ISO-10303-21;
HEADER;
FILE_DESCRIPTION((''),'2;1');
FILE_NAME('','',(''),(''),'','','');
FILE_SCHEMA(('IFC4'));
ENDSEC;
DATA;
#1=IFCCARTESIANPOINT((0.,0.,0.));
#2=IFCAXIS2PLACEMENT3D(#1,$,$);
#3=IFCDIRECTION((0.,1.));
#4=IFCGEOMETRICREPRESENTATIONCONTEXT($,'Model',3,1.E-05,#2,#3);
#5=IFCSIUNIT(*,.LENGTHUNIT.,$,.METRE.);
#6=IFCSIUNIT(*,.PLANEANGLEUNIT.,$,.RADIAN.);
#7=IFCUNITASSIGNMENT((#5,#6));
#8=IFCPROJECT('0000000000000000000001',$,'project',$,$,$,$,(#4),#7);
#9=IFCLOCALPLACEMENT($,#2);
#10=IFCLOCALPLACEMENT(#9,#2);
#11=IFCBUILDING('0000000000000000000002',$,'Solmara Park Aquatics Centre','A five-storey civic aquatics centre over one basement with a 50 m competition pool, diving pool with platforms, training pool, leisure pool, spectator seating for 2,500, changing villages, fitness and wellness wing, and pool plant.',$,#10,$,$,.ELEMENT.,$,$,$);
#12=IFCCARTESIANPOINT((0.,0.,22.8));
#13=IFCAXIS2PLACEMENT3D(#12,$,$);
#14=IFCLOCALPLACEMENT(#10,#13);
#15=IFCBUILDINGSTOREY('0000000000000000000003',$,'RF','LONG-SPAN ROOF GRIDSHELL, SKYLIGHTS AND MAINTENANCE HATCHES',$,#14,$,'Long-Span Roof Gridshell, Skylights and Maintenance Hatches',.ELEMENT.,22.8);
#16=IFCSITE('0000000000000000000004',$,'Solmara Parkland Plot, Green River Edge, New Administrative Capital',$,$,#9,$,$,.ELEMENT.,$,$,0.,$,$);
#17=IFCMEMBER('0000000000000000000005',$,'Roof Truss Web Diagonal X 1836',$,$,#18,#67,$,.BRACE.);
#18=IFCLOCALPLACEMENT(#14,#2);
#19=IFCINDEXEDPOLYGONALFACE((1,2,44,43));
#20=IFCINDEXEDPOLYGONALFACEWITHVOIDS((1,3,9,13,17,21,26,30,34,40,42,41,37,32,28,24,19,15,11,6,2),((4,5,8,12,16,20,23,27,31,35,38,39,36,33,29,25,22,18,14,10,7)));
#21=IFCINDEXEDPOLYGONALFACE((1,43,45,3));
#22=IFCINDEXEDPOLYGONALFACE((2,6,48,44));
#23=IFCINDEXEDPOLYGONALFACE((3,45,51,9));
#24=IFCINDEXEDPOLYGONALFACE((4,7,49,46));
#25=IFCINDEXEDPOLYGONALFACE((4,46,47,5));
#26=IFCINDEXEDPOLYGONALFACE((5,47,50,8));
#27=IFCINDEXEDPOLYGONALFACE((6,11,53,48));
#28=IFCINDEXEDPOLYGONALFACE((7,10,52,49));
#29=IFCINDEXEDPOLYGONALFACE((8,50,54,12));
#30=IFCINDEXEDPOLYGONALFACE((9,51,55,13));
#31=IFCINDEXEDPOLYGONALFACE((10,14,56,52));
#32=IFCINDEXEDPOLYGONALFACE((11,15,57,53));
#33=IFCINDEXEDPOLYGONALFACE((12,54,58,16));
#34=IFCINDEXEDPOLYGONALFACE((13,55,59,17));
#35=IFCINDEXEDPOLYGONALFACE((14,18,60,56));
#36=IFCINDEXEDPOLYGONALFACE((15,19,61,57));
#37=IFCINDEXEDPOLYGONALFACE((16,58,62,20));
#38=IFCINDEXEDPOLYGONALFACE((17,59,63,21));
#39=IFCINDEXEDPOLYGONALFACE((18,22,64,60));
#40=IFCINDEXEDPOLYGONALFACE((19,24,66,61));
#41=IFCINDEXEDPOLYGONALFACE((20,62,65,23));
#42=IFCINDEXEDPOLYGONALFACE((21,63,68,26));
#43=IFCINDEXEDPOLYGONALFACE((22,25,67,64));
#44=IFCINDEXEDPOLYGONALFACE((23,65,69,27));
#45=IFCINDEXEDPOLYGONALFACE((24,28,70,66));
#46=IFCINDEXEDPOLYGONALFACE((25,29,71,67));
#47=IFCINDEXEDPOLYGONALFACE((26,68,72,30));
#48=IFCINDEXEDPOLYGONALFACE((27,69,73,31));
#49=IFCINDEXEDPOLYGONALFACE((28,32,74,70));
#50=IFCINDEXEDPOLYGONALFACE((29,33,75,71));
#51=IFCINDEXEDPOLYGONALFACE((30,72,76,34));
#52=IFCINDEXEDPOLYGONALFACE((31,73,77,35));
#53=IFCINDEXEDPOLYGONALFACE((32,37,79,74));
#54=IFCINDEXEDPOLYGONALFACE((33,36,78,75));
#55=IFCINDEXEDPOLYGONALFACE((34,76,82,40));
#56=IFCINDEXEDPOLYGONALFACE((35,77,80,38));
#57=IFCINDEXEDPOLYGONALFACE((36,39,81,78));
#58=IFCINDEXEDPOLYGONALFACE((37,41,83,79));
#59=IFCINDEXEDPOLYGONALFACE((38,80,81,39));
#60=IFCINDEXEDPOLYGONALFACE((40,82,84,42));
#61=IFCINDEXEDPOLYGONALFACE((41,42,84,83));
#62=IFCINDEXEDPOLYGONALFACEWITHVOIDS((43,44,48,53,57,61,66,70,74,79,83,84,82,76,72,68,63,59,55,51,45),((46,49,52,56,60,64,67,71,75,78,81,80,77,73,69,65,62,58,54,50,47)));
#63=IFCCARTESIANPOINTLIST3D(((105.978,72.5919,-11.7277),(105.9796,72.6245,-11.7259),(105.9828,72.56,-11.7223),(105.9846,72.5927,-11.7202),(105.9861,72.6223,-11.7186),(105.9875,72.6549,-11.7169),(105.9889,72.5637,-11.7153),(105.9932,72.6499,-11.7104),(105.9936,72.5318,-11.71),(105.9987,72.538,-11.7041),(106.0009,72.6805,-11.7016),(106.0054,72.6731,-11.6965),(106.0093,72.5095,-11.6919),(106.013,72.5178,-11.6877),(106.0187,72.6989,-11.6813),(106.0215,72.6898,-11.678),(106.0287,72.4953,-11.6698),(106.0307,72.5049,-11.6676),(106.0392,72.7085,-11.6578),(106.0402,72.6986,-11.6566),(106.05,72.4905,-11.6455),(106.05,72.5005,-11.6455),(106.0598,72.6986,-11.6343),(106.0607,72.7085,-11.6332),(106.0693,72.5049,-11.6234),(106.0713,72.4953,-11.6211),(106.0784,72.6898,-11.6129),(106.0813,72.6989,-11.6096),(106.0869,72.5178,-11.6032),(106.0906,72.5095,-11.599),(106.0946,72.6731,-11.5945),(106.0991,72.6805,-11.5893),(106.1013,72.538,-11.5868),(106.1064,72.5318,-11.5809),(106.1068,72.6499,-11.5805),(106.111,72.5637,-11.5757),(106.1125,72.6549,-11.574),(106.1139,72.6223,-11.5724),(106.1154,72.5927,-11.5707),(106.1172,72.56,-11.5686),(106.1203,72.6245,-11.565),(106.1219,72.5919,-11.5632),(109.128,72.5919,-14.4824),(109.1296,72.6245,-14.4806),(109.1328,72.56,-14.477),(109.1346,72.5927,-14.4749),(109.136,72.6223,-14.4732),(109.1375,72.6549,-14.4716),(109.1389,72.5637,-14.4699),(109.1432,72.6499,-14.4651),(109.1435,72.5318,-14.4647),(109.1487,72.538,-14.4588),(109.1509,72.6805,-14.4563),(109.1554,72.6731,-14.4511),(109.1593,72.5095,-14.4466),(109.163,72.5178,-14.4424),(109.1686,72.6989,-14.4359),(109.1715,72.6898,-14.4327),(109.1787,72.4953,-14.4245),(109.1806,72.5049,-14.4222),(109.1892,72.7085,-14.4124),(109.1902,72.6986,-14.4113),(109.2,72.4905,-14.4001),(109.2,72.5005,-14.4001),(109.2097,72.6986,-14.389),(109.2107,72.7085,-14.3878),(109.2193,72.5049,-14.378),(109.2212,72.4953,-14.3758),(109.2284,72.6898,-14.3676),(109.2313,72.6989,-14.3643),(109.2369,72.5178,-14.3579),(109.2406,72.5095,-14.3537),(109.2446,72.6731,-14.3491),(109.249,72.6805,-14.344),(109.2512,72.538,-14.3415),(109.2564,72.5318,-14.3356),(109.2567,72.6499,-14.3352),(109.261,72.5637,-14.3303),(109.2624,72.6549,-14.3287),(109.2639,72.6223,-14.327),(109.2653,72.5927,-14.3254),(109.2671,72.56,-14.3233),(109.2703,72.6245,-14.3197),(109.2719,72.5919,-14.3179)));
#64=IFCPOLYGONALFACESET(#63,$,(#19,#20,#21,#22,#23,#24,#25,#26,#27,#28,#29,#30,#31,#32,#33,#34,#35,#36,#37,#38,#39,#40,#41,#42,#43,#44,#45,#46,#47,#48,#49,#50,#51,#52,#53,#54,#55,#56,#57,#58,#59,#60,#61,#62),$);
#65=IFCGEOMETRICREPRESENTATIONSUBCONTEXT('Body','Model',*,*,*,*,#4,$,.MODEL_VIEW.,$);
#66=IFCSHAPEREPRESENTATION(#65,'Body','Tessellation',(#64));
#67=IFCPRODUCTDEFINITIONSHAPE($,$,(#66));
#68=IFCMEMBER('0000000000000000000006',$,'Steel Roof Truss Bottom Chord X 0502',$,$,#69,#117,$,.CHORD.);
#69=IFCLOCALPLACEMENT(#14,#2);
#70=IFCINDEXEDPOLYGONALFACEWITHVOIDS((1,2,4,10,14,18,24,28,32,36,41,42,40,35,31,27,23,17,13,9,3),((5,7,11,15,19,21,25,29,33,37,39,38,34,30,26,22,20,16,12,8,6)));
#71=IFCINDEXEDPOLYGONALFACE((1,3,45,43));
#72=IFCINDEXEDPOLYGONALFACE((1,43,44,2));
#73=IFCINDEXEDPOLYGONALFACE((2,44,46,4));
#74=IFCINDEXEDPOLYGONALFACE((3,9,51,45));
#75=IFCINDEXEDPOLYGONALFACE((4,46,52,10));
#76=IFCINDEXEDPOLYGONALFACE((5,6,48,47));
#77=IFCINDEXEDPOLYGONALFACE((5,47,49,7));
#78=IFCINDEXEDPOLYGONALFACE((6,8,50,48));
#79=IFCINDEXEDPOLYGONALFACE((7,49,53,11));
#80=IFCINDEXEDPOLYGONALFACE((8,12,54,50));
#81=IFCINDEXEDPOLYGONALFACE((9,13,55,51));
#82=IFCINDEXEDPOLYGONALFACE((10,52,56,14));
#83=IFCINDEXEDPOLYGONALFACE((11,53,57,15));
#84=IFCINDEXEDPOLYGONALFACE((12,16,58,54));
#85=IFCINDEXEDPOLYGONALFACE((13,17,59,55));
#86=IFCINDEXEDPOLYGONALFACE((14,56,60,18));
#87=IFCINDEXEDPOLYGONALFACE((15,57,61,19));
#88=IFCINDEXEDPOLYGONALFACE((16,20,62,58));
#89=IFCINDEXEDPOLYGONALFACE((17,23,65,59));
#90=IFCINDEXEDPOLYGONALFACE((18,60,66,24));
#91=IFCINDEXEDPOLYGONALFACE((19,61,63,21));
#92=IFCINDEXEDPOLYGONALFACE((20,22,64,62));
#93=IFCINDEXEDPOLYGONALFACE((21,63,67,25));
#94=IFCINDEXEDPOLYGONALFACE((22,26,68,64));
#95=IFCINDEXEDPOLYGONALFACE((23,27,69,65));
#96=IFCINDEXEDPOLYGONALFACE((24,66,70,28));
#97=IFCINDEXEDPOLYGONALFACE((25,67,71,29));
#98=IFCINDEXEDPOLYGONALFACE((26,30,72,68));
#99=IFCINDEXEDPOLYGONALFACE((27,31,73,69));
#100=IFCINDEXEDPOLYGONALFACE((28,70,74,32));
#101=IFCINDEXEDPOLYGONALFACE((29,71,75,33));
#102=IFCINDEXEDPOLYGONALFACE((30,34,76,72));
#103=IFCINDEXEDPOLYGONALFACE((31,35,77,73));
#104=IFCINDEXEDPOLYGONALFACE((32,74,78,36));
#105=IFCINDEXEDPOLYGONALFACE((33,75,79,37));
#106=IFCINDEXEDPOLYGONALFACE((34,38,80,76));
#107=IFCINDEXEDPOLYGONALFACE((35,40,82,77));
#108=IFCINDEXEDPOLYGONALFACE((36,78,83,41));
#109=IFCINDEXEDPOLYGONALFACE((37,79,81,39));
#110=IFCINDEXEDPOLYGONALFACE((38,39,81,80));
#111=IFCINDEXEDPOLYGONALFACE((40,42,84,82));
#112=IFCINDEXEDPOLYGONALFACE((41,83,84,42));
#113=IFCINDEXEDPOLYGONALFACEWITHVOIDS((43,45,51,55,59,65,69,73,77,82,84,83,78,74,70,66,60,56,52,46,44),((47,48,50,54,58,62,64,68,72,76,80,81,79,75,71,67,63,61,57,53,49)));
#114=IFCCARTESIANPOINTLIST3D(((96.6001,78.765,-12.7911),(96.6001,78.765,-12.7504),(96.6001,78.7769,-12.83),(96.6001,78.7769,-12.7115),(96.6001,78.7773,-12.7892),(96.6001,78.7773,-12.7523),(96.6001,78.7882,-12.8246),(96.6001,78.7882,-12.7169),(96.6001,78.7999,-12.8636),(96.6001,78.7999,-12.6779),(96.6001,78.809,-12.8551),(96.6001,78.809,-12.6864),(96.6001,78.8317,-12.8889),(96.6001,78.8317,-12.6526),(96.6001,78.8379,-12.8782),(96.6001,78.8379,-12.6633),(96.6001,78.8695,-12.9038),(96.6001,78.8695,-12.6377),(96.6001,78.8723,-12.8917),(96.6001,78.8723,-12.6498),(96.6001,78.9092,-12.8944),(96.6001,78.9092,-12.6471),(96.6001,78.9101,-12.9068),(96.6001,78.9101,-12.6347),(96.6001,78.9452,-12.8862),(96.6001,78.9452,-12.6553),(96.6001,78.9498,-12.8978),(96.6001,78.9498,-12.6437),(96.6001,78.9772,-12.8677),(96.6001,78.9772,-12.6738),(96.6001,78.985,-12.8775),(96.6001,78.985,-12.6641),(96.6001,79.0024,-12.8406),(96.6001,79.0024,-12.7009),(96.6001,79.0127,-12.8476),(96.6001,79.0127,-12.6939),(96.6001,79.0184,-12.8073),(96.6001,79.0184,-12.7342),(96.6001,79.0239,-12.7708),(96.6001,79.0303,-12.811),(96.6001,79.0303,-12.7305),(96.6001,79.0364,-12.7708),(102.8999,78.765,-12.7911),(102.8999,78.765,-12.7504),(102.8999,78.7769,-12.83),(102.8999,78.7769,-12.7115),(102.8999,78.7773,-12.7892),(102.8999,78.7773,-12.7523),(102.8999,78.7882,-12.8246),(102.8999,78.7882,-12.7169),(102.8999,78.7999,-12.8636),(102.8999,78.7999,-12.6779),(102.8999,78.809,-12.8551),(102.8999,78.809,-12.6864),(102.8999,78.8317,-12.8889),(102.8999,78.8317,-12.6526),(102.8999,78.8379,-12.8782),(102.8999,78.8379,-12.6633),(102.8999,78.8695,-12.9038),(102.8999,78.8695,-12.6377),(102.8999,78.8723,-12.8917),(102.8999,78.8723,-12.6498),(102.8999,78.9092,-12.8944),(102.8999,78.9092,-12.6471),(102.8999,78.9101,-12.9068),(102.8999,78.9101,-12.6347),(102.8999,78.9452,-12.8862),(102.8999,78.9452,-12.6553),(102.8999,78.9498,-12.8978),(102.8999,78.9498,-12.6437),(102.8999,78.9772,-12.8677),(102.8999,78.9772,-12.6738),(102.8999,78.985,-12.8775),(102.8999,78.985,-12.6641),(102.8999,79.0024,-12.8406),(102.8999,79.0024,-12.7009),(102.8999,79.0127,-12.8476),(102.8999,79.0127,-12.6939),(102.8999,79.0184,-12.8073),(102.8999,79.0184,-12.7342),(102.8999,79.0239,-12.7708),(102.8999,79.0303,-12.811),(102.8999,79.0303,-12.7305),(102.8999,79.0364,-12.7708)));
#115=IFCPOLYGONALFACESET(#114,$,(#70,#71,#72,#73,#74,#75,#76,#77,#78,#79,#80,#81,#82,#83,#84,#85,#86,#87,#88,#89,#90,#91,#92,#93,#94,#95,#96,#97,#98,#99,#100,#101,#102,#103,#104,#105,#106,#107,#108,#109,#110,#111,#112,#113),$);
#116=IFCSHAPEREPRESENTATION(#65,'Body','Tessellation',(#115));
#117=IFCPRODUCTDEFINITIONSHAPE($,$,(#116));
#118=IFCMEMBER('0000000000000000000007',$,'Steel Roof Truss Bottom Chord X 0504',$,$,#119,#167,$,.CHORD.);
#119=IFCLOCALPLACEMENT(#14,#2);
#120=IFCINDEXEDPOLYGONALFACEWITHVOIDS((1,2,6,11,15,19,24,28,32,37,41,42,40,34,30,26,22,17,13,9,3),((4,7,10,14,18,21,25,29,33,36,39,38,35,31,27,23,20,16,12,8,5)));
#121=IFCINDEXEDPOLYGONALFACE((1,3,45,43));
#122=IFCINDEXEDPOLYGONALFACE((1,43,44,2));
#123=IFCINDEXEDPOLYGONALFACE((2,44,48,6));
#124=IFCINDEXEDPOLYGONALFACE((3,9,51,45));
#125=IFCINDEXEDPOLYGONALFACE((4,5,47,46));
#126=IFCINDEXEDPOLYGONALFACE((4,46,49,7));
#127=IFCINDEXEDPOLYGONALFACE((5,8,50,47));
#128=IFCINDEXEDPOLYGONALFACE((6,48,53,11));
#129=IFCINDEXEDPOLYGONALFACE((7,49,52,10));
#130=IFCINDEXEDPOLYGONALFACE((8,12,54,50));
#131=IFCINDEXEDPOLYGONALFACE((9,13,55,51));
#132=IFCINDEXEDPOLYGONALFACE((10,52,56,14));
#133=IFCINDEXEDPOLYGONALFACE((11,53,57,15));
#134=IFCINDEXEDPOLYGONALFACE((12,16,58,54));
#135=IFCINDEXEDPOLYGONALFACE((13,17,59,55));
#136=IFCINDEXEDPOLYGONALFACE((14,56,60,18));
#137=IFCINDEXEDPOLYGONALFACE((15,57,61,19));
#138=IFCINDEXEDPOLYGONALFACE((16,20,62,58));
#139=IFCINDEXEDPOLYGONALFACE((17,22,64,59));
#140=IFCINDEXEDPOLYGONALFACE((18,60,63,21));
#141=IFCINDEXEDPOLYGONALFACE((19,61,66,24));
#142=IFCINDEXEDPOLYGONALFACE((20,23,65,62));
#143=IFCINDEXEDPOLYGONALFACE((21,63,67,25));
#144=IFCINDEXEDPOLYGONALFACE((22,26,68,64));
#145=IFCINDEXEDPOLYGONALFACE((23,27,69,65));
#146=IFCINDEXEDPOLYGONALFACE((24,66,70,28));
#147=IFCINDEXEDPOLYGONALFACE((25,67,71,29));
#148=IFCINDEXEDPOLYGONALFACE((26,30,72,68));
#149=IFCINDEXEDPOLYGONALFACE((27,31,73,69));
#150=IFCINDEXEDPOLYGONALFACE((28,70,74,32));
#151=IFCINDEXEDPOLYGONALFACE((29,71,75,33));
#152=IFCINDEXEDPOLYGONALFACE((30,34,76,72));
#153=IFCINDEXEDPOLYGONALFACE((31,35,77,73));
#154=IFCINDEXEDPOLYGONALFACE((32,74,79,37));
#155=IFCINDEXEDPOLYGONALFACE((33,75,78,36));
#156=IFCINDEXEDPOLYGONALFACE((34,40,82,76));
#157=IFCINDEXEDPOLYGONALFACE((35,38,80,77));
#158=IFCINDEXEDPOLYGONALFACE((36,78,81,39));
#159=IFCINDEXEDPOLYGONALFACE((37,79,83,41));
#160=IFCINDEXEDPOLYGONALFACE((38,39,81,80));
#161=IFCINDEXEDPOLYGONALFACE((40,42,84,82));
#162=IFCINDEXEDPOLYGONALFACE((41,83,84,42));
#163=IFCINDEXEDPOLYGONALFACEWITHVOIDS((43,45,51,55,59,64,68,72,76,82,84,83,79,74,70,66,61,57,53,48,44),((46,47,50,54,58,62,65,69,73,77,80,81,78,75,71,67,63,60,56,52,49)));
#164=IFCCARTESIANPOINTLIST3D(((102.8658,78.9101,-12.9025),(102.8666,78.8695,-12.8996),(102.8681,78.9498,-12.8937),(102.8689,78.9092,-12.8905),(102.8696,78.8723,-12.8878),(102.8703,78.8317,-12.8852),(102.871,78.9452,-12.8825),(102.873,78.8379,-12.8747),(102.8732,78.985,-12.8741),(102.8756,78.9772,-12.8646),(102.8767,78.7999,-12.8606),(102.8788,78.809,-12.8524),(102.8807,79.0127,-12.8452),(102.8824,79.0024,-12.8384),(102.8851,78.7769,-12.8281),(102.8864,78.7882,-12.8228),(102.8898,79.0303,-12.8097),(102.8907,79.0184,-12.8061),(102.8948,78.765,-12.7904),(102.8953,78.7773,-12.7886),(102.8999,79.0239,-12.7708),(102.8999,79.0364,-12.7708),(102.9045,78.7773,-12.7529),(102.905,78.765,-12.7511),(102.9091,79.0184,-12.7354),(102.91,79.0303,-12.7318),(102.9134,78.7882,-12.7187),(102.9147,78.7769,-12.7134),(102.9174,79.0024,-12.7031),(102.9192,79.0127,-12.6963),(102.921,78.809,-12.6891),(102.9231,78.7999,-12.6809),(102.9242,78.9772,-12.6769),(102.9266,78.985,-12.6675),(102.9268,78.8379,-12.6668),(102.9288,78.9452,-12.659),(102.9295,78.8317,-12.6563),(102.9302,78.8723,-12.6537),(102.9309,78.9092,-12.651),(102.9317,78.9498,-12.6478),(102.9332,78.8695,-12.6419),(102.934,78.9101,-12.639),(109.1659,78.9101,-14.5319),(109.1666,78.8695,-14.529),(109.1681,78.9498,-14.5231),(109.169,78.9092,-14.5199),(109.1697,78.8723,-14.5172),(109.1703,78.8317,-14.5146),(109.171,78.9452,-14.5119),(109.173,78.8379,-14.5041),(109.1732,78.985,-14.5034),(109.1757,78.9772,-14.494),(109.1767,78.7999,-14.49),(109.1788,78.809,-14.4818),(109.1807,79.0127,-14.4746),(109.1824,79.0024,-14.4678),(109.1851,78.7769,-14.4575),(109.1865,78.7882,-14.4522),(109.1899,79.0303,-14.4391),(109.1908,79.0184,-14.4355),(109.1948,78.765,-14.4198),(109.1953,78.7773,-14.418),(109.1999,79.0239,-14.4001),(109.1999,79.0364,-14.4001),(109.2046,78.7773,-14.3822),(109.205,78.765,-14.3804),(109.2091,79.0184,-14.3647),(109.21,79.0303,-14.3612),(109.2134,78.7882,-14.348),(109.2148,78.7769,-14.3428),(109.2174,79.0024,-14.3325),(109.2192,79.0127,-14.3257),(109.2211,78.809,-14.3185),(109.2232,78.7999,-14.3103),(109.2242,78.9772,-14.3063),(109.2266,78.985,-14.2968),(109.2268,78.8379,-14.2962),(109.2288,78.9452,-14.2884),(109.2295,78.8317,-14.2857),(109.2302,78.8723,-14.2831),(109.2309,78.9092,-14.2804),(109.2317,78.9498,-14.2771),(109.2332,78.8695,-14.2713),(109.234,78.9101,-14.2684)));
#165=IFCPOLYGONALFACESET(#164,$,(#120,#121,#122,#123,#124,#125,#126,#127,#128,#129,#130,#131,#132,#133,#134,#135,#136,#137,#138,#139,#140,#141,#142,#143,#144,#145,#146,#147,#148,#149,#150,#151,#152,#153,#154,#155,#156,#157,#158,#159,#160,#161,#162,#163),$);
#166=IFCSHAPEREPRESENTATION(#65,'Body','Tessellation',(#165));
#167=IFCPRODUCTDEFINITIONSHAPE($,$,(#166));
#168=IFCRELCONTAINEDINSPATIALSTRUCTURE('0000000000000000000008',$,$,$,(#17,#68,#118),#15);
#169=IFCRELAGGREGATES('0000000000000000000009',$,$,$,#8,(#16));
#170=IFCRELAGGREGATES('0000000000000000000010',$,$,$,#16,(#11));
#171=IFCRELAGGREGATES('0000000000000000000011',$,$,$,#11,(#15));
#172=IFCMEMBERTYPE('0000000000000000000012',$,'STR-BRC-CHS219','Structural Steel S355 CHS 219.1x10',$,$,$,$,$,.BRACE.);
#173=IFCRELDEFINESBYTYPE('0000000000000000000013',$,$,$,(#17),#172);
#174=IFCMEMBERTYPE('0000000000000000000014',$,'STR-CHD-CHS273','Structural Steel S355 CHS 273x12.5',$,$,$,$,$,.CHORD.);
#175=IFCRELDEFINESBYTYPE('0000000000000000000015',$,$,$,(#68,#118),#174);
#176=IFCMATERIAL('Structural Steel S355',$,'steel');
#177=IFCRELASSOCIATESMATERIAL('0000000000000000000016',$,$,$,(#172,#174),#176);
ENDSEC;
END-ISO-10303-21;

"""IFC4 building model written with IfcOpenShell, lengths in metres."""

from ifc_helpers import new_model, si_unit, direction, frame, origin, origin_2d, place, context, subcontext, project, spatial, hollow_circle, extrude, material, material_profile, profile_set, type_object, element, save


model = new_model("IFC4")

# Units and contexts
model_context = context("Model", 3, precision=1e-05, world=origin(), true_north=direction((0.0, 1.0)))
body_context = subcontext(model_context, "Body", "Model", "MODEL_VIEW")
ifc_project = project(units=[si_unit("LENGTHUNIT", "METRE"), si_unit("PLANEANGLEUNIT", "RADIAN")], contexts=[model_context])

# Site, building, storey
site_placement = place(None, origin())
site = spatial("IfcSite", under=ifc_project, at=site_placement, Name="Solmara Parkland Plot, Green River Edge, New Administrative Capital", CompositionType="ELEMENT", RefElevation=0.0)
building_placement = place(site_placement, origin())
building = spatial("IfcBuilding", under=site, at=building_placement, Name="Solmara Park Aquatics Centre", Description="A five-storey civic aquatics centre over one basement with a 50 m competition pool, diving pool with platforms, training pool, leisure pool, spectator seating for 2,500, changing villages, fitness and wellness wing, and pool plant.", CompositionType="ELEMENT")
storey_placement = place(building_placement, frame((0.0, 0.0, 22.8)))
storey = spatial("IfcBuildingStorey", under=building, at=storey_placement, Name="RF", Description="LONG-SPAN ROOF GRIDSHELL, SKYLIGHTS AND MAINTENANCE HATCHES", LongName="Long-Span Roof Gridshell, Skylights and Maintenance Hatches", CompositionType="ELEMENT", Elevation=22.8)

# Members
ifc_material_1 = material(Name="Structural Steel S355", Category="steel")
ifc_material_profile_1 = material_profile(ifc_material_1, hollow_circle(Radius=0.1096, WallThickness=0.01, at=origin_2d()), Name="CHS 219.1x10")
ifc_profile_set_1 = profile_set([ifc_material_profile_1], Name="Structural Steel S355")
member_type_1 = type_object("IfcMemberType", Name="STR-BRC-CHS219", Description="Structural Steel S355 CHS 219.1x10", PredefinedType="BRACE", material=ifc_profile_set_1)
for number, where, z_axis, x_axis, name in (
    (1, (109.2, 72.6001, -14.4001), (-0.752757, 0.0, 0.658298), (0.0, -1.0, 0.0), "Roof Truss Web Diagonal X 1836"),
):
    element("IfcMember", number, at=place(storey_placement, frame(where, z_axis=z_axis, x_axis=x_axis)), inside=storey, type_object=member_type_1, Name=name, PredefinedType="BRACE", context=body_context, shape_type="SweptSolid", body=[
        extrude(hollow_circle(Radius=0.1096, WallThickness=0.01, at=origin_2d()), origin(), (0.0, 0.0, 1.0), 4.1846),
    ])
ifc_material_profile_2 = material_profile(ifc_material_1, hollow_circle(Radius=0.1365, WallThickness=0.0125, at=origin_2d()), Name="CHS 273x12.5")
ifc_profile_set_2 = profile_set([ifc_material_profile_2], Name="Structural Steel S355")
member_type_2 = type_object("IfcMemberType", Name="STR-CHD-CHS273", Description="Structural Steel S355 CHS 273x12.5", PredefinedType="CHORD", material=ifc_profile_set_2)
member_1_placement = place(storey_placement, frame((96.6001, 78.8999, -12.7708), z_axis=(1.0, 0.0, 0.0), x_axis=(0.0, 1.0, 0.0)))
element("IfcMember", 2, at=member_1_placement, inside=storey, type_object=member_type_2, Name="Steel Roof Truss Bottom Chord X 0502", PredefinedType="CHORD", context=body_context, shape_type="SweptSolid", body=[
    extrude(hollow_circle(Radius=0.1365, WallThickness=0.0125, at=origin_2d()), origin(), (0.0, 0.0, 1.0), 6.2998),
])
member_2_placement = place(storey_placement, frame((102.8999, 78.8999, -12.7708), z_axis=(0.968144, 0.0, -0.250393), x_axis=(0.0, 1.0, 0.0)))
element("IfcMember", 3, at=member_2_placement, inside=storey, type_object=member_type_2, Name="Steel Roof Truss Bottom Chord X 0504", PredefinedType="CHORD", context=body_context, shape_type="SweptSolid", body=[
    extrude(hollow_circle(Radius=0.1365, WallThickness=0.0125, at=origin_2d()), origin(), (0.0, 0.0, 1.0), 6.5073),
])

save(model, "model.ifc")
